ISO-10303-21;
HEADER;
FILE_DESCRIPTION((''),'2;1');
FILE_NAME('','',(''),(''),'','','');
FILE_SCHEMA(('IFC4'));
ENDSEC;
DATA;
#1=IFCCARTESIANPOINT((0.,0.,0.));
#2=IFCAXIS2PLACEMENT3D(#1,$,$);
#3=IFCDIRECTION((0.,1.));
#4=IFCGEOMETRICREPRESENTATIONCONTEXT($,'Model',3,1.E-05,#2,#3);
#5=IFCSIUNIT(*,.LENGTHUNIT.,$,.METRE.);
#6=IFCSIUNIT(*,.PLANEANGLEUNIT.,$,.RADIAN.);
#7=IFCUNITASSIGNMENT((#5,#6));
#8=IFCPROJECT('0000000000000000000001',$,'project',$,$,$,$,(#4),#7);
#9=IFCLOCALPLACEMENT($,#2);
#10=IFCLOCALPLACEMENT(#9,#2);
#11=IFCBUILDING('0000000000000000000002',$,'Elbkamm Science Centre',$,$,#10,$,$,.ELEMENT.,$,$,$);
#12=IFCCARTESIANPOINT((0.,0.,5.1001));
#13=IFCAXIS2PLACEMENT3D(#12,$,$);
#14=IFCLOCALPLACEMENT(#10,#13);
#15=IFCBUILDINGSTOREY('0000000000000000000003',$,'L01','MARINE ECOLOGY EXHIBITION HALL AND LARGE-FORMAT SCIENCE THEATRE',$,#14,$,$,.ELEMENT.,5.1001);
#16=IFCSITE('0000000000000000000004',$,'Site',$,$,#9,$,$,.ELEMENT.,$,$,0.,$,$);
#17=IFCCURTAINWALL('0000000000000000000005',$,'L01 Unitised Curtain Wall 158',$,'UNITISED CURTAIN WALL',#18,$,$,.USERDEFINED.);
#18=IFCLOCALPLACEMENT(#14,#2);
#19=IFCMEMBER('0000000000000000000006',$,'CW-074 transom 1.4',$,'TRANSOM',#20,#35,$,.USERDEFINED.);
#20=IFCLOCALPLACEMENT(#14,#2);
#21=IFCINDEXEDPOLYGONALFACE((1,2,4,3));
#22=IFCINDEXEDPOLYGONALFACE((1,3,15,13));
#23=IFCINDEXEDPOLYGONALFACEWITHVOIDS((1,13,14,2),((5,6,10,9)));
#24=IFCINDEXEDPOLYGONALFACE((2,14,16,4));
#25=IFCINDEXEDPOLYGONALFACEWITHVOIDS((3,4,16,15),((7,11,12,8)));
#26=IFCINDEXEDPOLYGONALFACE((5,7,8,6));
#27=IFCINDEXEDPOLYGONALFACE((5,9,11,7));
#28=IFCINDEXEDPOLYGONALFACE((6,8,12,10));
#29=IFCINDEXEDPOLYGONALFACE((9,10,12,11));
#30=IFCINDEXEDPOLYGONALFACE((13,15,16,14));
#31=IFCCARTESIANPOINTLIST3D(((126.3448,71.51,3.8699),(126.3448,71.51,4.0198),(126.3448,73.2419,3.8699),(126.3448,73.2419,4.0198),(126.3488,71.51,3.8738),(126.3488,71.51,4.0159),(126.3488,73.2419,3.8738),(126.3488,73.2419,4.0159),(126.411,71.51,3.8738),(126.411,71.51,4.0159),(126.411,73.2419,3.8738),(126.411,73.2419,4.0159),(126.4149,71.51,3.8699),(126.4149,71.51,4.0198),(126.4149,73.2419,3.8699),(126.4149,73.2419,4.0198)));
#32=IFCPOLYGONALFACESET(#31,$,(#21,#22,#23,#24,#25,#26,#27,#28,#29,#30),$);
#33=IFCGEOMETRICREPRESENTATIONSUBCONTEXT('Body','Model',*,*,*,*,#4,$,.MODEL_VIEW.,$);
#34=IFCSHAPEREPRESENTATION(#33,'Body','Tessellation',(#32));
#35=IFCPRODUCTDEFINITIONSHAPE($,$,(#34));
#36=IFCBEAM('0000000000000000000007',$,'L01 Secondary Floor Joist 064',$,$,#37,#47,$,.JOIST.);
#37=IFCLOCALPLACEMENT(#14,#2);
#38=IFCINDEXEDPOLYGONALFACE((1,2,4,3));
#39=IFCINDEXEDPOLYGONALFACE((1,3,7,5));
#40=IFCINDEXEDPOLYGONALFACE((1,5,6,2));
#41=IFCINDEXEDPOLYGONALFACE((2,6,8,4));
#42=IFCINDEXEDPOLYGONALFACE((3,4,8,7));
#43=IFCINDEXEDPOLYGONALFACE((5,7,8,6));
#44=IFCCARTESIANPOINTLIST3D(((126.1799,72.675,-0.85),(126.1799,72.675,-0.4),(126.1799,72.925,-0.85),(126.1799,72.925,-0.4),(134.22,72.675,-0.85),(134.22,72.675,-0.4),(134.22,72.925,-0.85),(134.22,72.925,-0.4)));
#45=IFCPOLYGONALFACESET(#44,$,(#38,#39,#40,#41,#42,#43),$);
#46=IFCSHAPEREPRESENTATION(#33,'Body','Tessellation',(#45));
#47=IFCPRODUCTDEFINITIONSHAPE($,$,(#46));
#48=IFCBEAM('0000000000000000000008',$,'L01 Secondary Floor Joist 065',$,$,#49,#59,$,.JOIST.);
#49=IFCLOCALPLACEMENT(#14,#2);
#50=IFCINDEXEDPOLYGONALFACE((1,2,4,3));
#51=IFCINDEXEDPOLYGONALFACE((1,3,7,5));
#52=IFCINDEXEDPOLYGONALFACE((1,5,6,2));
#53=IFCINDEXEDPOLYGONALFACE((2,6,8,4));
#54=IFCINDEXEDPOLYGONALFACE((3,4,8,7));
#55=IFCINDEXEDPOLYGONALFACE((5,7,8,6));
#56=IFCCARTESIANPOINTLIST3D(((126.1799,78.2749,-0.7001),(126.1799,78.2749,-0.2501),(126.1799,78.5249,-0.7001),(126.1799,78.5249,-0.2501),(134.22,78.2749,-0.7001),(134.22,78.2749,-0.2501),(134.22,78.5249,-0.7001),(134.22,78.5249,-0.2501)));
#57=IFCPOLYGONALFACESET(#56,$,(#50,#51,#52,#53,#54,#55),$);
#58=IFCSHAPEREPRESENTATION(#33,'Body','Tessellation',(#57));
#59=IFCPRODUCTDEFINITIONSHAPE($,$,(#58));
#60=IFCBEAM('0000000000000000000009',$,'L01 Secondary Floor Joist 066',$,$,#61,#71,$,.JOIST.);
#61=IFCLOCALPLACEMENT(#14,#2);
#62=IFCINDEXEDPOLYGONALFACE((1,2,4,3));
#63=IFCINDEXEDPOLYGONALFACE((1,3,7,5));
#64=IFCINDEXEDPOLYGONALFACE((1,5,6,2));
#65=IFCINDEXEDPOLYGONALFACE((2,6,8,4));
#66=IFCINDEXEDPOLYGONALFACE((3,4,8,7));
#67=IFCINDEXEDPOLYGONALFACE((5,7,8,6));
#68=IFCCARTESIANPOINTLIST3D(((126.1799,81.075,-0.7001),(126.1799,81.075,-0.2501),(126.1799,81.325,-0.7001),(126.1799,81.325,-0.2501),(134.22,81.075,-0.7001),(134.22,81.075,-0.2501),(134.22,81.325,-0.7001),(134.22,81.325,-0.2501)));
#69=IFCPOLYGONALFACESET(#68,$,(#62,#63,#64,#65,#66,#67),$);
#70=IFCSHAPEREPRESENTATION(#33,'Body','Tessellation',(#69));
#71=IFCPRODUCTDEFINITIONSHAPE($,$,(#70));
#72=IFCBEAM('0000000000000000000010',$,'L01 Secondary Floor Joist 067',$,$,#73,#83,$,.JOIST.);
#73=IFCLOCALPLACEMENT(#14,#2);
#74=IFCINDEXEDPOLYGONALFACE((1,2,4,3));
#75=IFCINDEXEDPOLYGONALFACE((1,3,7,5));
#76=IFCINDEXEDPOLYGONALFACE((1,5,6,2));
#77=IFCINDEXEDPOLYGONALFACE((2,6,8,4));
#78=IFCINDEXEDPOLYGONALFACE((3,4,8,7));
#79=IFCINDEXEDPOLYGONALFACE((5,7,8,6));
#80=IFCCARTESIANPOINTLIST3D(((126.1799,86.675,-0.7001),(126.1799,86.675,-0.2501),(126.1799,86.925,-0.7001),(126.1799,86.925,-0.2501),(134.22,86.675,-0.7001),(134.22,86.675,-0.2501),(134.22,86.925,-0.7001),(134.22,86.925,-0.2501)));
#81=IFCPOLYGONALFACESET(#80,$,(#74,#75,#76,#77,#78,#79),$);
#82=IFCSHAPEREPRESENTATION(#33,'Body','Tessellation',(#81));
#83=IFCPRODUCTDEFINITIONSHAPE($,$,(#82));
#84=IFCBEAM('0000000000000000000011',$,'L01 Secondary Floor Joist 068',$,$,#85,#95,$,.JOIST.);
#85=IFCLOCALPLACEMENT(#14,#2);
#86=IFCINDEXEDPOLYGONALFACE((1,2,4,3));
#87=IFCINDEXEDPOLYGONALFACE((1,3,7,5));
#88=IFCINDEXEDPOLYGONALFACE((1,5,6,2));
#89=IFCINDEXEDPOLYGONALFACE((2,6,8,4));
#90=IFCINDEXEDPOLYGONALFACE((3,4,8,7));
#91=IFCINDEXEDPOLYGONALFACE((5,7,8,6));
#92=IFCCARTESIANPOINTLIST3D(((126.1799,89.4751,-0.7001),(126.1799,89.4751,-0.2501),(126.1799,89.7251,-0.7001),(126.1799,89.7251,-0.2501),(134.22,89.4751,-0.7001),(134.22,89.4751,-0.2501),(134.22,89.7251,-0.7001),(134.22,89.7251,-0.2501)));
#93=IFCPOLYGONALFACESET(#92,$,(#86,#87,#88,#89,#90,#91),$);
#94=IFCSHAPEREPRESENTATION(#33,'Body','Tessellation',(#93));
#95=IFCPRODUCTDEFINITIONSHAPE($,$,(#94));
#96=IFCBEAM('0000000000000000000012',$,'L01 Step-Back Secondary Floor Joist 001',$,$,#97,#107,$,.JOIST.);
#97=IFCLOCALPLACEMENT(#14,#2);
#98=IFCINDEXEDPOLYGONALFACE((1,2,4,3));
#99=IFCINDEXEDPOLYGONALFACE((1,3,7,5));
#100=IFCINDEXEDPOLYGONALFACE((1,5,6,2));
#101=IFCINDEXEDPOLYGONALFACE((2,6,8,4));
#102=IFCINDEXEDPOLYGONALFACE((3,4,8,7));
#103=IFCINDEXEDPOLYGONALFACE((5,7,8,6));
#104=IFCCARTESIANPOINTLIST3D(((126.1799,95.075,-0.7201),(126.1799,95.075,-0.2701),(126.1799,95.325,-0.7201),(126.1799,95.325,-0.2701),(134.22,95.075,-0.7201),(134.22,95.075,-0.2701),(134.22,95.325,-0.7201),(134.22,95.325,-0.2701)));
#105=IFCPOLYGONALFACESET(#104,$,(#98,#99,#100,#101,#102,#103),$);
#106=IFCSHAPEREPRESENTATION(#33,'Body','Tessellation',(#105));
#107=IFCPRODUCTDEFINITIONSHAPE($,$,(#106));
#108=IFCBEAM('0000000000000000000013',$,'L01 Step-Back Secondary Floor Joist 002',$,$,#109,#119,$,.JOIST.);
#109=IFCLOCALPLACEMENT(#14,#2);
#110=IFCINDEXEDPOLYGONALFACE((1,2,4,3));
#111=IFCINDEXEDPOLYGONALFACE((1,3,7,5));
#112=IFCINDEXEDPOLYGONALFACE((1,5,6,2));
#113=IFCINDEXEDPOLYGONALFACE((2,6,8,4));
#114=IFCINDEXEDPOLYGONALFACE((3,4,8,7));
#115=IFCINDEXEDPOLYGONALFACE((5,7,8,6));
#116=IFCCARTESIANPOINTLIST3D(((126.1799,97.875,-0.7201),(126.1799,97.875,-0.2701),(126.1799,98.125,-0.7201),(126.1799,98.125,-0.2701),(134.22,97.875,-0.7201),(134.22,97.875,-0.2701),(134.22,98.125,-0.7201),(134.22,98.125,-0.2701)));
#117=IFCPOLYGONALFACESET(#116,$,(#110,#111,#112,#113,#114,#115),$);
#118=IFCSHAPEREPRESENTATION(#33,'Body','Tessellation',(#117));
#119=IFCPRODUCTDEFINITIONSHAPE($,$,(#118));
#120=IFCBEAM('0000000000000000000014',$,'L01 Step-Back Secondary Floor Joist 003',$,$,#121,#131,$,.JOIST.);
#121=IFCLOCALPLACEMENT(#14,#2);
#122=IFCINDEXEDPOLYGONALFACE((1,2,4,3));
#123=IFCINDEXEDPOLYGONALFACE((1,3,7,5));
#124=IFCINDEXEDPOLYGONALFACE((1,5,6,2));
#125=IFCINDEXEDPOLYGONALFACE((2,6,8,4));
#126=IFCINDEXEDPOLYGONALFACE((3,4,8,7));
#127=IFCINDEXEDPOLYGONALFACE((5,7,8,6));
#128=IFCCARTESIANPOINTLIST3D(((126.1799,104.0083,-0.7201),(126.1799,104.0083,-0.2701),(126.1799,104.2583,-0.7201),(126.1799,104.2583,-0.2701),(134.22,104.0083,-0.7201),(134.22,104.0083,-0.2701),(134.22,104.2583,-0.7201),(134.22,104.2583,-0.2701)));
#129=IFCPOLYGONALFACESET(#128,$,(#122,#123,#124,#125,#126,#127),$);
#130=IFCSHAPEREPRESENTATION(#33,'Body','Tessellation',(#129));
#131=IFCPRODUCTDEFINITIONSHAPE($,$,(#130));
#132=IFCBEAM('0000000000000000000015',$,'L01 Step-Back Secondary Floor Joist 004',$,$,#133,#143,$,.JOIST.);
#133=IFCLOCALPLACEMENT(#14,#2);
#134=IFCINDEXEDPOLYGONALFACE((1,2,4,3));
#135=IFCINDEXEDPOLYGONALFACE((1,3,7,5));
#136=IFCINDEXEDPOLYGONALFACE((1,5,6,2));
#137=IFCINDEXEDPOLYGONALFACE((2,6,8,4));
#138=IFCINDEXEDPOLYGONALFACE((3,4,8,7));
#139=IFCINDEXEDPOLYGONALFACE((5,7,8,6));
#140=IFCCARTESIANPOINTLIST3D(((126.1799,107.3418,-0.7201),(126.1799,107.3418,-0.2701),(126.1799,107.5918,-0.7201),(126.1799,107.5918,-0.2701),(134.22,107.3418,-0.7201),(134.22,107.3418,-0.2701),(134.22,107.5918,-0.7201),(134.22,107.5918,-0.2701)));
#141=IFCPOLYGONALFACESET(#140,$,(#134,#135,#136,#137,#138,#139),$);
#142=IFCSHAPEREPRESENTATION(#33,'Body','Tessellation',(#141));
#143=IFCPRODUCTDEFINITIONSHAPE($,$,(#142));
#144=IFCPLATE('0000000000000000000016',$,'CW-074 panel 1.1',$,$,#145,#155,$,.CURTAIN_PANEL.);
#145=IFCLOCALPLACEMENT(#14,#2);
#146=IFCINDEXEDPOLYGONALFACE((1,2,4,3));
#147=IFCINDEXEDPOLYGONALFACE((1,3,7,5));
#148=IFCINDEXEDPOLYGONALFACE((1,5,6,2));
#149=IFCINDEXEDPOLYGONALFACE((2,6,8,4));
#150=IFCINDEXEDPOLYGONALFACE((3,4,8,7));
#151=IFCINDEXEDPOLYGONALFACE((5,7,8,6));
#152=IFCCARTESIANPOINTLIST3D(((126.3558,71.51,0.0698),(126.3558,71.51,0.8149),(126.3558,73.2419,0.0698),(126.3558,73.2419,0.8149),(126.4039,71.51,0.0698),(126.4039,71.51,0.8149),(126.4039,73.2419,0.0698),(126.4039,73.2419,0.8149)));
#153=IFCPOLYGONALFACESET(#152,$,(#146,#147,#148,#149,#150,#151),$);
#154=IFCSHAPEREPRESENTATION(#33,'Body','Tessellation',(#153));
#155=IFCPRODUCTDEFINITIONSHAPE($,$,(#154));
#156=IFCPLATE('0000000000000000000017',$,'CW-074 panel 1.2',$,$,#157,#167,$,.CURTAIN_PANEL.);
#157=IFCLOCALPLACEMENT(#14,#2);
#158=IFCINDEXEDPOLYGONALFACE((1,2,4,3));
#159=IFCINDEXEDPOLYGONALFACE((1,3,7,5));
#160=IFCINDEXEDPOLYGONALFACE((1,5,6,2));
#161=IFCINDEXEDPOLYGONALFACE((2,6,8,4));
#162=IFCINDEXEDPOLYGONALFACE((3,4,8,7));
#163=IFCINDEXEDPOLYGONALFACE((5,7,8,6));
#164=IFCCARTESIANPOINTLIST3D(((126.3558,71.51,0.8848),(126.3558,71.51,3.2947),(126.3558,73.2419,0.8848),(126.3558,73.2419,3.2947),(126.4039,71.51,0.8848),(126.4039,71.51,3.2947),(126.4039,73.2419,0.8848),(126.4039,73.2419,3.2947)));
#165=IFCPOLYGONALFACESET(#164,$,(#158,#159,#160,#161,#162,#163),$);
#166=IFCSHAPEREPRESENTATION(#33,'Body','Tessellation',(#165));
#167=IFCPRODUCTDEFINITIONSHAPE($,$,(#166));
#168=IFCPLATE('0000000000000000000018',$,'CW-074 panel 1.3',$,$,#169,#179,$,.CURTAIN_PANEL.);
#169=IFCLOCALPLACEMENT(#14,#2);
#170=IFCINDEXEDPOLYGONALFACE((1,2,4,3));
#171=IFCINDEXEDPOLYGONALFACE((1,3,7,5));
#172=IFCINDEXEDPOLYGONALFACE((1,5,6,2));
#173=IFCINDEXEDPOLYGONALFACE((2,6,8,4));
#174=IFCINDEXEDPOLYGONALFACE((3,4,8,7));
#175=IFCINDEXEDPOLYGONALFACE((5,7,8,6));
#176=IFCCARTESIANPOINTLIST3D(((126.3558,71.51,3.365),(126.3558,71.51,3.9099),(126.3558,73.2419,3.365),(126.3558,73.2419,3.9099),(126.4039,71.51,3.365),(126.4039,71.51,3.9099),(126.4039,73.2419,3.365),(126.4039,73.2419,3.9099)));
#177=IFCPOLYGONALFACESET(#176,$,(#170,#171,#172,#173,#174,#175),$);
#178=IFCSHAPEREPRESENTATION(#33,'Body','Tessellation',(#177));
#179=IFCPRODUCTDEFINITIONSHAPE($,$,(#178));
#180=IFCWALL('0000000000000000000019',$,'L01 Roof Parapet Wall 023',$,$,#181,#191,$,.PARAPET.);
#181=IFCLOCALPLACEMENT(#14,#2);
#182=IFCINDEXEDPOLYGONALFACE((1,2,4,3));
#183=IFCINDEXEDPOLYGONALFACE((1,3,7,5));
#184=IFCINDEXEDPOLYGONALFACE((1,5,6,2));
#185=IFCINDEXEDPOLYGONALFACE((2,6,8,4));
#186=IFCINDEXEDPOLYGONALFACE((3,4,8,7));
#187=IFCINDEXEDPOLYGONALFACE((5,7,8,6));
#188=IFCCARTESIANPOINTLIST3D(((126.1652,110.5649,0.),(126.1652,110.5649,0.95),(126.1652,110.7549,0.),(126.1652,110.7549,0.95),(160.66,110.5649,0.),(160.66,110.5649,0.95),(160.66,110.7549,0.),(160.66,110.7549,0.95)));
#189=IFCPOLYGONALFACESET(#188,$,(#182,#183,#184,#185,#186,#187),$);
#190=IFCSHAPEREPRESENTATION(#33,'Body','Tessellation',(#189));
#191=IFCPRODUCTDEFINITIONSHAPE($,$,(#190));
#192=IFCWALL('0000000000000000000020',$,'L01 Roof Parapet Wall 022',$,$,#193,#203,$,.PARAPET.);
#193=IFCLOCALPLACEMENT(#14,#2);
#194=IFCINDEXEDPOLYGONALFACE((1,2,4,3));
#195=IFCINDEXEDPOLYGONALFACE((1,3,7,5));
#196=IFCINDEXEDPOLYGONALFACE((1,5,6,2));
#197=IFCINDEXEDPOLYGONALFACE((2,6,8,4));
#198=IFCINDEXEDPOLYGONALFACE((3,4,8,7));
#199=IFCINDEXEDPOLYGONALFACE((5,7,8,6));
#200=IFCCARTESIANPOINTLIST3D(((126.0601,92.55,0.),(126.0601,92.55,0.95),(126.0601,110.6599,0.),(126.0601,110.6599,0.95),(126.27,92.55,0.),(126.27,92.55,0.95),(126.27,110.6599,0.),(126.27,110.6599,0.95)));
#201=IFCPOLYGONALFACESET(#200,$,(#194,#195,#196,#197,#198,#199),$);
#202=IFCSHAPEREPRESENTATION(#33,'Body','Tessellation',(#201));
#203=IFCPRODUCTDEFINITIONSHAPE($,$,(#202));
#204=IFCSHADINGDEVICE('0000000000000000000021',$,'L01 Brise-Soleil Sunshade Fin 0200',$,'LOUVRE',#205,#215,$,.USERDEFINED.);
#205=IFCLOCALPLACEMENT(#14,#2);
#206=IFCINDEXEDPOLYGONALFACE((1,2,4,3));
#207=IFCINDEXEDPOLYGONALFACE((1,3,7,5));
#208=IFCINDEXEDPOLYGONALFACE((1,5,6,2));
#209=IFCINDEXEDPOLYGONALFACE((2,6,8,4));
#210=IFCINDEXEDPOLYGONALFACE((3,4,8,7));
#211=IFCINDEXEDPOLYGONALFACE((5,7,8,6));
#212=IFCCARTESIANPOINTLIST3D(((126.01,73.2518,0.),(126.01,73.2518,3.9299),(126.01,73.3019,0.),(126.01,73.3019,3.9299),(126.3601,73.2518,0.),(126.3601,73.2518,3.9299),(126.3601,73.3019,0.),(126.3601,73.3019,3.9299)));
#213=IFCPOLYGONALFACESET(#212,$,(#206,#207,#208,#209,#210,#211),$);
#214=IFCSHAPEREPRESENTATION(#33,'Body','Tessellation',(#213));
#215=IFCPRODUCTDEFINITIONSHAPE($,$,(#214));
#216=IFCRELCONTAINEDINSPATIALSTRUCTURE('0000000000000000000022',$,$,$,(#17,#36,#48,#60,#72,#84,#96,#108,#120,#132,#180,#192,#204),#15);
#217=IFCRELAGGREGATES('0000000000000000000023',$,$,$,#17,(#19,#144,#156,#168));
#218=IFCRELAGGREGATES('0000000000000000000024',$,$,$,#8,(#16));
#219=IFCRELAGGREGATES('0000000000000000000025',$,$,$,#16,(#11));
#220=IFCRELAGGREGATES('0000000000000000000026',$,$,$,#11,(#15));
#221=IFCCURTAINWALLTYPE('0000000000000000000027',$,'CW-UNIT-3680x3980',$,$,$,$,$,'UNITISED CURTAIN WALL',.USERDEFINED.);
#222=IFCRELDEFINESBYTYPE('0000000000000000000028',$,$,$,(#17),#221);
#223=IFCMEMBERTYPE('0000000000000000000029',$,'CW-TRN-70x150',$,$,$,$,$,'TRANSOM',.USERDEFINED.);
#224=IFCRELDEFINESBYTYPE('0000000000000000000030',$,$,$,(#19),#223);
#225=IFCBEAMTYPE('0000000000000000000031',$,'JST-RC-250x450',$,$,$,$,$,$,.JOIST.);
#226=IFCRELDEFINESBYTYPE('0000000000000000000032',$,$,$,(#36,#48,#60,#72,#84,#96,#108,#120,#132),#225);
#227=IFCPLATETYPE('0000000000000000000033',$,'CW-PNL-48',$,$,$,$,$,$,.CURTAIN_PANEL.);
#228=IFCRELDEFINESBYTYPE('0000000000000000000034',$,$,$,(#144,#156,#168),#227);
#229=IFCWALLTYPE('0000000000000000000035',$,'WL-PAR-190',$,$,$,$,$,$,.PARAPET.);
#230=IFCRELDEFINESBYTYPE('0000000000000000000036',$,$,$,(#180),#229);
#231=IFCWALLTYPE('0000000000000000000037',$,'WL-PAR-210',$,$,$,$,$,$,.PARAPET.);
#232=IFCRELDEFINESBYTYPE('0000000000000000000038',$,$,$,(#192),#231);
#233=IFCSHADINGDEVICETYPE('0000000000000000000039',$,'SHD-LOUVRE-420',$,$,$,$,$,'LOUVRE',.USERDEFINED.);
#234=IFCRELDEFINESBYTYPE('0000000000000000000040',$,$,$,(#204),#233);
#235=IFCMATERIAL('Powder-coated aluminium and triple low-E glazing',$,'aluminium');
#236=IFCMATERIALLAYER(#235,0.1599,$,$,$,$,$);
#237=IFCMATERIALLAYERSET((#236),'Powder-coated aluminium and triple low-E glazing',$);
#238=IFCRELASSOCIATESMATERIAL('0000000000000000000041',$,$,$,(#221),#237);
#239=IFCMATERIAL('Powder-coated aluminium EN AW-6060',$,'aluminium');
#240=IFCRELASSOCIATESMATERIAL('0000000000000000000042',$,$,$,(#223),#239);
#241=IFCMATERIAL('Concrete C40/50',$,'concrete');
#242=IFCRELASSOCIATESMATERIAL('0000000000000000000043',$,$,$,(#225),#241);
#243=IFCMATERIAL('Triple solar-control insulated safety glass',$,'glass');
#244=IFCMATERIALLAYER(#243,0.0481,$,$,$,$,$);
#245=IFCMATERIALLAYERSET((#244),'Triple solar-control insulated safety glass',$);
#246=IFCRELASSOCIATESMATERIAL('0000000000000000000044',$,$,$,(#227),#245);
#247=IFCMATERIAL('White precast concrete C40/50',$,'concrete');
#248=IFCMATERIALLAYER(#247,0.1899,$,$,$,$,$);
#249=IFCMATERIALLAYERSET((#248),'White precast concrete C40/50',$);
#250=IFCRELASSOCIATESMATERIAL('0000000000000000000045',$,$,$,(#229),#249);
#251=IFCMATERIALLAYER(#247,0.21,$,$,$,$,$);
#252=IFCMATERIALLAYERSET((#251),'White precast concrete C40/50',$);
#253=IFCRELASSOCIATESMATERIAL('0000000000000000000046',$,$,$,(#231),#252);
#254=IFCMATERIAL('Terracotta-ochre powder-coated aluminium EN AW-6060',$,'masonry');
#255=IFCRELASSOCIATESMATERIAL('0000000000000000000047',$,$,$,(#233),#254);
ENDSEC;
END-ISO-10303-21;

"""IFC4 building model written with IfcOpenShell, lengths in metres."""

from ifc_helpers import new_model, si_unit, direction, frame, frame_2d, origin, origin_2d, place, context, subcontext, project, spatial, rectangle, hollow_rectangle, extrude, material, layer, layer_set, material_profile, profile_set, type_object, element, aggregate, save


model = new_model("IFC4")

# Units and contexts
model_context = context("Model", 3, precision=1e-05, world=origin(), true_north=direction((0.0, 1.0)))
body_context = subcontext(model_context, "Body", "Model", "MODEL_VIEW")
ifc_project = project(units=[si_unit("LENGTHUNIT", "METRE"), si_unit("PLANEANGLEUNIT", "RADIAN")], contexts=[model_context])

# Site, building, storey
site_placement = place(None, origin())
site = spatial("IfcSite", under=ifc_project, at=site_placement, Name="Site", CompositionType="ELEMENT", RefElevation=0.0)
building_placement = place(site_placement, origin())
building = spatial("IfcBuilding", under=site, at=building_placement, Name="Elbkamm Science Centre", CompositionType="ELEMENT")
storey_placement = place(building_placement, frame((0.0, 0.0, 5.1001)))
storey = spatial("IfcBuildingStorey", under=building, at=storey_placement, Name="L01", Description="MARINE ECOLOGY EXHIBITION HALL AND LARGE-FORMAT SCIENCE THEATRE", CompositionType="ELEMENT", Elevation=5.1001)

# Shared definitions
ifc_material_1 = material(Name="Concrete C40/50", Category="concrete")

# Curtain wall, member
ifc_material_2 = material(Name="Powder-coated aluminium and triple low-E glazing", Category="aluminium")
ifc_layer_1 = layer(ifc_material_2, 0.1599)
ifc_layer_set_1 = layer_set([ifc_layer_1], Name="Powder-coated aluminium and triple low-E glazing")
curtain_wall_type = type_object("IfcCurtainWallType", Name="CW-UNIT-3680x3980", ElementType="UNITISED CURTAIN WALL", PredefinedType="USERDEFINED", material=ifc_layer_set_1)
curtain_wall_placement = place(storey_placement, origin())
curtain_wall = element("IfcCurtainWall", 1, at=curtain_wall_placement, inside=storey, type_object=curtain_wall_type, Name="L01 Unitised Curtain Wall 158", ObjectType="UNITISED CURTAIN WALL", PredefinedType="USERDEFINED")
ifc_material_3 = material(Name="Powder-coated aluminium EN AW-6060", Category="aluminium")
ifc_material_profile_1 = material_profile(ifc_material_3, hollow_rectangle(XDim=0.0701, YDim=0.1499, WallThickness=0.0039, at=origin_2d()), Name="ALU T70x150")
ifc_profile_set_1 = profile_set([ifc_material_profile_1], Name="Powder-coated aluminium EN AW-6060")
member_type_1 = type_object("IfcMemberType", Name="CW-TRN-70x150", ElementType="TRANSOM", PredefinedType="USERDEFINED", material=ifc_profile_set_1)
member_1_placement = place(storey_placement, frame((126.3799, 71.51, 3.9448), z_axis=(0.0, 1.0, 0.0), x_axis=(-1.0, 0.0, 0.0)))
member_1 = element("IfcMember", 2, at=member_1_placement, type_object=member_type_1, Name="CW-074 transom 1.4", ObjectType="TRANSOM", PredefinedType="USERDEFINED", context=body_context, shape_type="SweptSolid", body=[
    extrude(hollow_rectangle(XDim=0.0701, YDim=0.1499, WallThickness=0.0039, at=origin_2d()), origin(), (0.0, 0.0, 1.0), 1.7319),
])

# Beams
ifc_material_profile_2 = material_profile(ifc_material_1, rectangle(XDim=0.25, YDim=0.45, at=origin_2d()), Name="RC 250x450")
ifc_profile_set_2 = profile_set([ifc_material_profile_2], Name="Concrete C40/50")
beam_type_1 = type_object("IfcBeamType", Name="JST-RC-250x450", PredefinedType="JOIST", material=ifc_profile_set_2)
for number, where, z_axis, x_axis, name in (
    (3, (126.1799, 72.8, -0.625), (1.0, 0.0, 0.0), (0.0, 1.0, 0.0), "L01 Secondary Floor Joist 064"),
    (4, (126.1799, 78.3999, -0.4751), (1.0, 0.0, 0.0), (0.0, 1.0, 0.0), "L01 Secondary Floor Joist 065"),
    (5, (126.1799, 81.2, -0.4751), (1.0, 0.0, 0.0), (0.0, 1.0, 0.0), "L01 Secondary Floor Joist 066"),
    (6, (126.1799, 86.8, -0.4751), (1.0, 0.0, 0.0), (0.0, 1.0, 0.0), "L01 Secondary Floor Joist 067"),
    (7, (126.1799, 89.6001, -0.4751), (1.0, 0.0, 0.0), (0.0, 1.0, 0.0), "L01 Secondary Floor Joist 068"),
    (8, (126.1799, 95.2, -0.4951), (1.0, 0.0, 0.0), (0.0, 1.0, 0.0), "L01 Step-Back Secondary Floor Joist 001"),
    (9, (126.1799, 98.0, -0.4951), (1.0, 0.0, 0.0), (0.0, 1.0, 0.0), "L01 Step-Back Secondary Floor Joist 002"),
    (10, (126.1799, 104.1333, -0.4951), (1.0, 0.0, 0.0), (0.0, 1.0, 0.0), "L01 Step-Back Secondary Floor Joist 003"),
    (11, (126.1799, 107.4668, -0.4951), (1.0, 0.0, 0.0), (0.0, 1.0, 0.0), "L01 Step-Back Secondary Floor Joist 004"),
):
    element("IfcBeam", number, at=place(storey_placement, frame(where, z_axis=z_axis, x_axis=x_axis)), inside=storey, type_object=beam_type_1, Name=name, PredefinedType="JOIST", context=body_context, shape_type="SweptSolid", body=[
        extrude(rectangle(XDim=0.25, YDim=0.45, at=origin_2d()), origin(), (0.0, 0.0, 1.0), 8.04),
    ])

# Plates
ifc_material_4 = material(Name="Triple solar-control insulated safety glass", Category="glass")
ifc_layer_2 = layer(ifc_material_4, 0.0481)
ifc_layer_set_2 = layer_set([ifc_layer_2], Name="Triple solar-control insulated safety glass")
plate_type = type_object("IfcPlateType", Name="CW-PNL-48", PredefinedType="CURTAIN_PANEL", material=ifc_layer_set_2)
plate_1_placement = place(storey_placement, frame((126.3799, 72.376, 0.0698), z_axis=(0.0, 0.0, 1.0), x_axis=(0.0, 1.0, 0.0)))
plate_1 = element("IfcPlate", 12, at=plate_1_placement, type_object=plate_type, Name="CW-074 panel 1.1", PredefinedType="CURTAIN_PANEL", context=body_context, shape_type="SweptSolid", body=[
    extrude(rectangle(XDim=1.7319, YDim=0.0481, at=origin_2d()), origin(), (0.0, 0.0, 1.0), 0.7451),
])
plate_2_placement = place(storey_placement, frame((126.3799, 72.376, 0.8848), z_axis=(0.0, 0.0, 1.0), x_axis=(0.0, 1.0, 0.0)))
plate_2 = element("IfcPlate", 13, at=plate_2_placement, type_object=plate_type, Name="CW-074 panel 1.2", PredefinedType="CURTAIN_PANEL", context=body_context, shape_type="SweptSolid", body=[
    extrude(rectangle(XDim=1.7319, YDim=0.0481, at=origin_2d()), origin(), (0.0, 0.0, 1.0), 2.4099),
])
plate_3_placement = place(storey_placement, frame((126.3799, 72.376, 3.365), z_axis=(0.0, 0.0, 1.0), x_axis=(0.0, 1.0, 0.0)))
plate_3 = element("IfcPlate", 14, at=plate_3_placement, type_object=plate_type, Name="CW-074 panel 1.3", PredefinedType="CURTAIN_PANEL", context=body_context, shape_type="SweptSolid", body=[
    extrude(rectangle(XDim=1.7319, YDim=0.0481, at=origin_2d()), origin(), (0.0, 0.0, 1.0), 0.5449),
])
aggregate(curtain_wall, [member_1, plate_1, plate_2, plate_3])

# Walls
ifc_material_5 = material(Name="White precast concrete C40/50", Category="concrete")
ifc_layer_3 = layer(ifc_material_5, 0.1899)
ifc_layer_set_3 = layer_set([ifc_layer_3], Name="White precast concrete C40/50")
wall_type_1 = type_object("IfcWallType", Name="WL-PAR-190", PredefinedType="PARAPET", material=ifc_layer_set_3)
wall_1_placement = place(storey_placement, frame((126.165, 110.6599, 0.0), z_axis=(0.0, 0.0, 1.0), x_axis=(1.0, 0.0, 0.0)))
element("IfcWall", 15, at=wall_1_placement, inside=storey, type_object=wall_type_1, Name="L01 Roof Parapet Wall 023", PredefinedType="PARAPET", context=body_context, shape_type="SweptSolid", body=[
    extrude(rectangle(XDim=34.4949, YDim=0.1899, at=frame_2d((17.2476, 0.0))), origin(), (0.0, 0.0, 1.0), 0.95),
])
ifc_layer_4 = layer(ifc_material_5, 0.21)
ifc_layer_set_4 = layer_set([ifc_layer_4], Name="White precast concrete C40/50")
wall_type_2 = type_object("IfcWallType", Name="WL-PAR-210", PredefinedType="PARAPET", material=ifc_layer_set_4)
wall_2_placement = place(storey_placement, frame((126.165, 92.55, 0.0), z_axis=(0.0, 0.0, 1.0), x_axis=(0.0, 1.0, 0.0)))
element("IfcWall", 16, at=wall_2_placement, inside=storey, type_object=wall_type_2, Name="L01 Roof Parapet Wall 022", PredefinedType="PARAPET", context=body_context, shape_type="SweptSolid", body=[
    extrude(rectangle(XDim=18.1099, YDim=0.21, at=frame_2d((9.0549, 0.0))), origin(), (0.0, 0.0, 1.0), 0.95),
])

# Shading device
ifc_material_6 = material(Name="Terracotta-ochre powder-coated aluminium EN AW-6060", Category="masonry")
shading_device_type = type_object("IfcShadingDeviceType", Name="SHD-LOUVRE-420", ElementType="LOUVRE", PredefinedType="USERDEFINED", material=ifc_material_6)
for number, where, z_axis, x_axis, name in (
    (17, (126.1851, 73.2769, 0.0), (0.0, 0.0, 1.0), (-1.0, 0.0, 0.0), "L01 Brise-Soleil Sunshade Fin 0200"),
):
    element("IfcShadingDevice", number, at=place(storey_placement, frame(where, z_axis=z_axis, x_axis=x_axis)), inside=storey, type_object=shading_device_type, Name=name, ObjectType="LOUVRE", PredefinedType="USERDEFINED", context=body_context, shape_type="SweptSolid", body=[
        extrude(rectangle(XDim=0.3501, YDim=0.05, at=origin_2d()), origin(), (0.0, 0.0, 1.0), 3.9299),
    ])

save(model, "model.ifc")
